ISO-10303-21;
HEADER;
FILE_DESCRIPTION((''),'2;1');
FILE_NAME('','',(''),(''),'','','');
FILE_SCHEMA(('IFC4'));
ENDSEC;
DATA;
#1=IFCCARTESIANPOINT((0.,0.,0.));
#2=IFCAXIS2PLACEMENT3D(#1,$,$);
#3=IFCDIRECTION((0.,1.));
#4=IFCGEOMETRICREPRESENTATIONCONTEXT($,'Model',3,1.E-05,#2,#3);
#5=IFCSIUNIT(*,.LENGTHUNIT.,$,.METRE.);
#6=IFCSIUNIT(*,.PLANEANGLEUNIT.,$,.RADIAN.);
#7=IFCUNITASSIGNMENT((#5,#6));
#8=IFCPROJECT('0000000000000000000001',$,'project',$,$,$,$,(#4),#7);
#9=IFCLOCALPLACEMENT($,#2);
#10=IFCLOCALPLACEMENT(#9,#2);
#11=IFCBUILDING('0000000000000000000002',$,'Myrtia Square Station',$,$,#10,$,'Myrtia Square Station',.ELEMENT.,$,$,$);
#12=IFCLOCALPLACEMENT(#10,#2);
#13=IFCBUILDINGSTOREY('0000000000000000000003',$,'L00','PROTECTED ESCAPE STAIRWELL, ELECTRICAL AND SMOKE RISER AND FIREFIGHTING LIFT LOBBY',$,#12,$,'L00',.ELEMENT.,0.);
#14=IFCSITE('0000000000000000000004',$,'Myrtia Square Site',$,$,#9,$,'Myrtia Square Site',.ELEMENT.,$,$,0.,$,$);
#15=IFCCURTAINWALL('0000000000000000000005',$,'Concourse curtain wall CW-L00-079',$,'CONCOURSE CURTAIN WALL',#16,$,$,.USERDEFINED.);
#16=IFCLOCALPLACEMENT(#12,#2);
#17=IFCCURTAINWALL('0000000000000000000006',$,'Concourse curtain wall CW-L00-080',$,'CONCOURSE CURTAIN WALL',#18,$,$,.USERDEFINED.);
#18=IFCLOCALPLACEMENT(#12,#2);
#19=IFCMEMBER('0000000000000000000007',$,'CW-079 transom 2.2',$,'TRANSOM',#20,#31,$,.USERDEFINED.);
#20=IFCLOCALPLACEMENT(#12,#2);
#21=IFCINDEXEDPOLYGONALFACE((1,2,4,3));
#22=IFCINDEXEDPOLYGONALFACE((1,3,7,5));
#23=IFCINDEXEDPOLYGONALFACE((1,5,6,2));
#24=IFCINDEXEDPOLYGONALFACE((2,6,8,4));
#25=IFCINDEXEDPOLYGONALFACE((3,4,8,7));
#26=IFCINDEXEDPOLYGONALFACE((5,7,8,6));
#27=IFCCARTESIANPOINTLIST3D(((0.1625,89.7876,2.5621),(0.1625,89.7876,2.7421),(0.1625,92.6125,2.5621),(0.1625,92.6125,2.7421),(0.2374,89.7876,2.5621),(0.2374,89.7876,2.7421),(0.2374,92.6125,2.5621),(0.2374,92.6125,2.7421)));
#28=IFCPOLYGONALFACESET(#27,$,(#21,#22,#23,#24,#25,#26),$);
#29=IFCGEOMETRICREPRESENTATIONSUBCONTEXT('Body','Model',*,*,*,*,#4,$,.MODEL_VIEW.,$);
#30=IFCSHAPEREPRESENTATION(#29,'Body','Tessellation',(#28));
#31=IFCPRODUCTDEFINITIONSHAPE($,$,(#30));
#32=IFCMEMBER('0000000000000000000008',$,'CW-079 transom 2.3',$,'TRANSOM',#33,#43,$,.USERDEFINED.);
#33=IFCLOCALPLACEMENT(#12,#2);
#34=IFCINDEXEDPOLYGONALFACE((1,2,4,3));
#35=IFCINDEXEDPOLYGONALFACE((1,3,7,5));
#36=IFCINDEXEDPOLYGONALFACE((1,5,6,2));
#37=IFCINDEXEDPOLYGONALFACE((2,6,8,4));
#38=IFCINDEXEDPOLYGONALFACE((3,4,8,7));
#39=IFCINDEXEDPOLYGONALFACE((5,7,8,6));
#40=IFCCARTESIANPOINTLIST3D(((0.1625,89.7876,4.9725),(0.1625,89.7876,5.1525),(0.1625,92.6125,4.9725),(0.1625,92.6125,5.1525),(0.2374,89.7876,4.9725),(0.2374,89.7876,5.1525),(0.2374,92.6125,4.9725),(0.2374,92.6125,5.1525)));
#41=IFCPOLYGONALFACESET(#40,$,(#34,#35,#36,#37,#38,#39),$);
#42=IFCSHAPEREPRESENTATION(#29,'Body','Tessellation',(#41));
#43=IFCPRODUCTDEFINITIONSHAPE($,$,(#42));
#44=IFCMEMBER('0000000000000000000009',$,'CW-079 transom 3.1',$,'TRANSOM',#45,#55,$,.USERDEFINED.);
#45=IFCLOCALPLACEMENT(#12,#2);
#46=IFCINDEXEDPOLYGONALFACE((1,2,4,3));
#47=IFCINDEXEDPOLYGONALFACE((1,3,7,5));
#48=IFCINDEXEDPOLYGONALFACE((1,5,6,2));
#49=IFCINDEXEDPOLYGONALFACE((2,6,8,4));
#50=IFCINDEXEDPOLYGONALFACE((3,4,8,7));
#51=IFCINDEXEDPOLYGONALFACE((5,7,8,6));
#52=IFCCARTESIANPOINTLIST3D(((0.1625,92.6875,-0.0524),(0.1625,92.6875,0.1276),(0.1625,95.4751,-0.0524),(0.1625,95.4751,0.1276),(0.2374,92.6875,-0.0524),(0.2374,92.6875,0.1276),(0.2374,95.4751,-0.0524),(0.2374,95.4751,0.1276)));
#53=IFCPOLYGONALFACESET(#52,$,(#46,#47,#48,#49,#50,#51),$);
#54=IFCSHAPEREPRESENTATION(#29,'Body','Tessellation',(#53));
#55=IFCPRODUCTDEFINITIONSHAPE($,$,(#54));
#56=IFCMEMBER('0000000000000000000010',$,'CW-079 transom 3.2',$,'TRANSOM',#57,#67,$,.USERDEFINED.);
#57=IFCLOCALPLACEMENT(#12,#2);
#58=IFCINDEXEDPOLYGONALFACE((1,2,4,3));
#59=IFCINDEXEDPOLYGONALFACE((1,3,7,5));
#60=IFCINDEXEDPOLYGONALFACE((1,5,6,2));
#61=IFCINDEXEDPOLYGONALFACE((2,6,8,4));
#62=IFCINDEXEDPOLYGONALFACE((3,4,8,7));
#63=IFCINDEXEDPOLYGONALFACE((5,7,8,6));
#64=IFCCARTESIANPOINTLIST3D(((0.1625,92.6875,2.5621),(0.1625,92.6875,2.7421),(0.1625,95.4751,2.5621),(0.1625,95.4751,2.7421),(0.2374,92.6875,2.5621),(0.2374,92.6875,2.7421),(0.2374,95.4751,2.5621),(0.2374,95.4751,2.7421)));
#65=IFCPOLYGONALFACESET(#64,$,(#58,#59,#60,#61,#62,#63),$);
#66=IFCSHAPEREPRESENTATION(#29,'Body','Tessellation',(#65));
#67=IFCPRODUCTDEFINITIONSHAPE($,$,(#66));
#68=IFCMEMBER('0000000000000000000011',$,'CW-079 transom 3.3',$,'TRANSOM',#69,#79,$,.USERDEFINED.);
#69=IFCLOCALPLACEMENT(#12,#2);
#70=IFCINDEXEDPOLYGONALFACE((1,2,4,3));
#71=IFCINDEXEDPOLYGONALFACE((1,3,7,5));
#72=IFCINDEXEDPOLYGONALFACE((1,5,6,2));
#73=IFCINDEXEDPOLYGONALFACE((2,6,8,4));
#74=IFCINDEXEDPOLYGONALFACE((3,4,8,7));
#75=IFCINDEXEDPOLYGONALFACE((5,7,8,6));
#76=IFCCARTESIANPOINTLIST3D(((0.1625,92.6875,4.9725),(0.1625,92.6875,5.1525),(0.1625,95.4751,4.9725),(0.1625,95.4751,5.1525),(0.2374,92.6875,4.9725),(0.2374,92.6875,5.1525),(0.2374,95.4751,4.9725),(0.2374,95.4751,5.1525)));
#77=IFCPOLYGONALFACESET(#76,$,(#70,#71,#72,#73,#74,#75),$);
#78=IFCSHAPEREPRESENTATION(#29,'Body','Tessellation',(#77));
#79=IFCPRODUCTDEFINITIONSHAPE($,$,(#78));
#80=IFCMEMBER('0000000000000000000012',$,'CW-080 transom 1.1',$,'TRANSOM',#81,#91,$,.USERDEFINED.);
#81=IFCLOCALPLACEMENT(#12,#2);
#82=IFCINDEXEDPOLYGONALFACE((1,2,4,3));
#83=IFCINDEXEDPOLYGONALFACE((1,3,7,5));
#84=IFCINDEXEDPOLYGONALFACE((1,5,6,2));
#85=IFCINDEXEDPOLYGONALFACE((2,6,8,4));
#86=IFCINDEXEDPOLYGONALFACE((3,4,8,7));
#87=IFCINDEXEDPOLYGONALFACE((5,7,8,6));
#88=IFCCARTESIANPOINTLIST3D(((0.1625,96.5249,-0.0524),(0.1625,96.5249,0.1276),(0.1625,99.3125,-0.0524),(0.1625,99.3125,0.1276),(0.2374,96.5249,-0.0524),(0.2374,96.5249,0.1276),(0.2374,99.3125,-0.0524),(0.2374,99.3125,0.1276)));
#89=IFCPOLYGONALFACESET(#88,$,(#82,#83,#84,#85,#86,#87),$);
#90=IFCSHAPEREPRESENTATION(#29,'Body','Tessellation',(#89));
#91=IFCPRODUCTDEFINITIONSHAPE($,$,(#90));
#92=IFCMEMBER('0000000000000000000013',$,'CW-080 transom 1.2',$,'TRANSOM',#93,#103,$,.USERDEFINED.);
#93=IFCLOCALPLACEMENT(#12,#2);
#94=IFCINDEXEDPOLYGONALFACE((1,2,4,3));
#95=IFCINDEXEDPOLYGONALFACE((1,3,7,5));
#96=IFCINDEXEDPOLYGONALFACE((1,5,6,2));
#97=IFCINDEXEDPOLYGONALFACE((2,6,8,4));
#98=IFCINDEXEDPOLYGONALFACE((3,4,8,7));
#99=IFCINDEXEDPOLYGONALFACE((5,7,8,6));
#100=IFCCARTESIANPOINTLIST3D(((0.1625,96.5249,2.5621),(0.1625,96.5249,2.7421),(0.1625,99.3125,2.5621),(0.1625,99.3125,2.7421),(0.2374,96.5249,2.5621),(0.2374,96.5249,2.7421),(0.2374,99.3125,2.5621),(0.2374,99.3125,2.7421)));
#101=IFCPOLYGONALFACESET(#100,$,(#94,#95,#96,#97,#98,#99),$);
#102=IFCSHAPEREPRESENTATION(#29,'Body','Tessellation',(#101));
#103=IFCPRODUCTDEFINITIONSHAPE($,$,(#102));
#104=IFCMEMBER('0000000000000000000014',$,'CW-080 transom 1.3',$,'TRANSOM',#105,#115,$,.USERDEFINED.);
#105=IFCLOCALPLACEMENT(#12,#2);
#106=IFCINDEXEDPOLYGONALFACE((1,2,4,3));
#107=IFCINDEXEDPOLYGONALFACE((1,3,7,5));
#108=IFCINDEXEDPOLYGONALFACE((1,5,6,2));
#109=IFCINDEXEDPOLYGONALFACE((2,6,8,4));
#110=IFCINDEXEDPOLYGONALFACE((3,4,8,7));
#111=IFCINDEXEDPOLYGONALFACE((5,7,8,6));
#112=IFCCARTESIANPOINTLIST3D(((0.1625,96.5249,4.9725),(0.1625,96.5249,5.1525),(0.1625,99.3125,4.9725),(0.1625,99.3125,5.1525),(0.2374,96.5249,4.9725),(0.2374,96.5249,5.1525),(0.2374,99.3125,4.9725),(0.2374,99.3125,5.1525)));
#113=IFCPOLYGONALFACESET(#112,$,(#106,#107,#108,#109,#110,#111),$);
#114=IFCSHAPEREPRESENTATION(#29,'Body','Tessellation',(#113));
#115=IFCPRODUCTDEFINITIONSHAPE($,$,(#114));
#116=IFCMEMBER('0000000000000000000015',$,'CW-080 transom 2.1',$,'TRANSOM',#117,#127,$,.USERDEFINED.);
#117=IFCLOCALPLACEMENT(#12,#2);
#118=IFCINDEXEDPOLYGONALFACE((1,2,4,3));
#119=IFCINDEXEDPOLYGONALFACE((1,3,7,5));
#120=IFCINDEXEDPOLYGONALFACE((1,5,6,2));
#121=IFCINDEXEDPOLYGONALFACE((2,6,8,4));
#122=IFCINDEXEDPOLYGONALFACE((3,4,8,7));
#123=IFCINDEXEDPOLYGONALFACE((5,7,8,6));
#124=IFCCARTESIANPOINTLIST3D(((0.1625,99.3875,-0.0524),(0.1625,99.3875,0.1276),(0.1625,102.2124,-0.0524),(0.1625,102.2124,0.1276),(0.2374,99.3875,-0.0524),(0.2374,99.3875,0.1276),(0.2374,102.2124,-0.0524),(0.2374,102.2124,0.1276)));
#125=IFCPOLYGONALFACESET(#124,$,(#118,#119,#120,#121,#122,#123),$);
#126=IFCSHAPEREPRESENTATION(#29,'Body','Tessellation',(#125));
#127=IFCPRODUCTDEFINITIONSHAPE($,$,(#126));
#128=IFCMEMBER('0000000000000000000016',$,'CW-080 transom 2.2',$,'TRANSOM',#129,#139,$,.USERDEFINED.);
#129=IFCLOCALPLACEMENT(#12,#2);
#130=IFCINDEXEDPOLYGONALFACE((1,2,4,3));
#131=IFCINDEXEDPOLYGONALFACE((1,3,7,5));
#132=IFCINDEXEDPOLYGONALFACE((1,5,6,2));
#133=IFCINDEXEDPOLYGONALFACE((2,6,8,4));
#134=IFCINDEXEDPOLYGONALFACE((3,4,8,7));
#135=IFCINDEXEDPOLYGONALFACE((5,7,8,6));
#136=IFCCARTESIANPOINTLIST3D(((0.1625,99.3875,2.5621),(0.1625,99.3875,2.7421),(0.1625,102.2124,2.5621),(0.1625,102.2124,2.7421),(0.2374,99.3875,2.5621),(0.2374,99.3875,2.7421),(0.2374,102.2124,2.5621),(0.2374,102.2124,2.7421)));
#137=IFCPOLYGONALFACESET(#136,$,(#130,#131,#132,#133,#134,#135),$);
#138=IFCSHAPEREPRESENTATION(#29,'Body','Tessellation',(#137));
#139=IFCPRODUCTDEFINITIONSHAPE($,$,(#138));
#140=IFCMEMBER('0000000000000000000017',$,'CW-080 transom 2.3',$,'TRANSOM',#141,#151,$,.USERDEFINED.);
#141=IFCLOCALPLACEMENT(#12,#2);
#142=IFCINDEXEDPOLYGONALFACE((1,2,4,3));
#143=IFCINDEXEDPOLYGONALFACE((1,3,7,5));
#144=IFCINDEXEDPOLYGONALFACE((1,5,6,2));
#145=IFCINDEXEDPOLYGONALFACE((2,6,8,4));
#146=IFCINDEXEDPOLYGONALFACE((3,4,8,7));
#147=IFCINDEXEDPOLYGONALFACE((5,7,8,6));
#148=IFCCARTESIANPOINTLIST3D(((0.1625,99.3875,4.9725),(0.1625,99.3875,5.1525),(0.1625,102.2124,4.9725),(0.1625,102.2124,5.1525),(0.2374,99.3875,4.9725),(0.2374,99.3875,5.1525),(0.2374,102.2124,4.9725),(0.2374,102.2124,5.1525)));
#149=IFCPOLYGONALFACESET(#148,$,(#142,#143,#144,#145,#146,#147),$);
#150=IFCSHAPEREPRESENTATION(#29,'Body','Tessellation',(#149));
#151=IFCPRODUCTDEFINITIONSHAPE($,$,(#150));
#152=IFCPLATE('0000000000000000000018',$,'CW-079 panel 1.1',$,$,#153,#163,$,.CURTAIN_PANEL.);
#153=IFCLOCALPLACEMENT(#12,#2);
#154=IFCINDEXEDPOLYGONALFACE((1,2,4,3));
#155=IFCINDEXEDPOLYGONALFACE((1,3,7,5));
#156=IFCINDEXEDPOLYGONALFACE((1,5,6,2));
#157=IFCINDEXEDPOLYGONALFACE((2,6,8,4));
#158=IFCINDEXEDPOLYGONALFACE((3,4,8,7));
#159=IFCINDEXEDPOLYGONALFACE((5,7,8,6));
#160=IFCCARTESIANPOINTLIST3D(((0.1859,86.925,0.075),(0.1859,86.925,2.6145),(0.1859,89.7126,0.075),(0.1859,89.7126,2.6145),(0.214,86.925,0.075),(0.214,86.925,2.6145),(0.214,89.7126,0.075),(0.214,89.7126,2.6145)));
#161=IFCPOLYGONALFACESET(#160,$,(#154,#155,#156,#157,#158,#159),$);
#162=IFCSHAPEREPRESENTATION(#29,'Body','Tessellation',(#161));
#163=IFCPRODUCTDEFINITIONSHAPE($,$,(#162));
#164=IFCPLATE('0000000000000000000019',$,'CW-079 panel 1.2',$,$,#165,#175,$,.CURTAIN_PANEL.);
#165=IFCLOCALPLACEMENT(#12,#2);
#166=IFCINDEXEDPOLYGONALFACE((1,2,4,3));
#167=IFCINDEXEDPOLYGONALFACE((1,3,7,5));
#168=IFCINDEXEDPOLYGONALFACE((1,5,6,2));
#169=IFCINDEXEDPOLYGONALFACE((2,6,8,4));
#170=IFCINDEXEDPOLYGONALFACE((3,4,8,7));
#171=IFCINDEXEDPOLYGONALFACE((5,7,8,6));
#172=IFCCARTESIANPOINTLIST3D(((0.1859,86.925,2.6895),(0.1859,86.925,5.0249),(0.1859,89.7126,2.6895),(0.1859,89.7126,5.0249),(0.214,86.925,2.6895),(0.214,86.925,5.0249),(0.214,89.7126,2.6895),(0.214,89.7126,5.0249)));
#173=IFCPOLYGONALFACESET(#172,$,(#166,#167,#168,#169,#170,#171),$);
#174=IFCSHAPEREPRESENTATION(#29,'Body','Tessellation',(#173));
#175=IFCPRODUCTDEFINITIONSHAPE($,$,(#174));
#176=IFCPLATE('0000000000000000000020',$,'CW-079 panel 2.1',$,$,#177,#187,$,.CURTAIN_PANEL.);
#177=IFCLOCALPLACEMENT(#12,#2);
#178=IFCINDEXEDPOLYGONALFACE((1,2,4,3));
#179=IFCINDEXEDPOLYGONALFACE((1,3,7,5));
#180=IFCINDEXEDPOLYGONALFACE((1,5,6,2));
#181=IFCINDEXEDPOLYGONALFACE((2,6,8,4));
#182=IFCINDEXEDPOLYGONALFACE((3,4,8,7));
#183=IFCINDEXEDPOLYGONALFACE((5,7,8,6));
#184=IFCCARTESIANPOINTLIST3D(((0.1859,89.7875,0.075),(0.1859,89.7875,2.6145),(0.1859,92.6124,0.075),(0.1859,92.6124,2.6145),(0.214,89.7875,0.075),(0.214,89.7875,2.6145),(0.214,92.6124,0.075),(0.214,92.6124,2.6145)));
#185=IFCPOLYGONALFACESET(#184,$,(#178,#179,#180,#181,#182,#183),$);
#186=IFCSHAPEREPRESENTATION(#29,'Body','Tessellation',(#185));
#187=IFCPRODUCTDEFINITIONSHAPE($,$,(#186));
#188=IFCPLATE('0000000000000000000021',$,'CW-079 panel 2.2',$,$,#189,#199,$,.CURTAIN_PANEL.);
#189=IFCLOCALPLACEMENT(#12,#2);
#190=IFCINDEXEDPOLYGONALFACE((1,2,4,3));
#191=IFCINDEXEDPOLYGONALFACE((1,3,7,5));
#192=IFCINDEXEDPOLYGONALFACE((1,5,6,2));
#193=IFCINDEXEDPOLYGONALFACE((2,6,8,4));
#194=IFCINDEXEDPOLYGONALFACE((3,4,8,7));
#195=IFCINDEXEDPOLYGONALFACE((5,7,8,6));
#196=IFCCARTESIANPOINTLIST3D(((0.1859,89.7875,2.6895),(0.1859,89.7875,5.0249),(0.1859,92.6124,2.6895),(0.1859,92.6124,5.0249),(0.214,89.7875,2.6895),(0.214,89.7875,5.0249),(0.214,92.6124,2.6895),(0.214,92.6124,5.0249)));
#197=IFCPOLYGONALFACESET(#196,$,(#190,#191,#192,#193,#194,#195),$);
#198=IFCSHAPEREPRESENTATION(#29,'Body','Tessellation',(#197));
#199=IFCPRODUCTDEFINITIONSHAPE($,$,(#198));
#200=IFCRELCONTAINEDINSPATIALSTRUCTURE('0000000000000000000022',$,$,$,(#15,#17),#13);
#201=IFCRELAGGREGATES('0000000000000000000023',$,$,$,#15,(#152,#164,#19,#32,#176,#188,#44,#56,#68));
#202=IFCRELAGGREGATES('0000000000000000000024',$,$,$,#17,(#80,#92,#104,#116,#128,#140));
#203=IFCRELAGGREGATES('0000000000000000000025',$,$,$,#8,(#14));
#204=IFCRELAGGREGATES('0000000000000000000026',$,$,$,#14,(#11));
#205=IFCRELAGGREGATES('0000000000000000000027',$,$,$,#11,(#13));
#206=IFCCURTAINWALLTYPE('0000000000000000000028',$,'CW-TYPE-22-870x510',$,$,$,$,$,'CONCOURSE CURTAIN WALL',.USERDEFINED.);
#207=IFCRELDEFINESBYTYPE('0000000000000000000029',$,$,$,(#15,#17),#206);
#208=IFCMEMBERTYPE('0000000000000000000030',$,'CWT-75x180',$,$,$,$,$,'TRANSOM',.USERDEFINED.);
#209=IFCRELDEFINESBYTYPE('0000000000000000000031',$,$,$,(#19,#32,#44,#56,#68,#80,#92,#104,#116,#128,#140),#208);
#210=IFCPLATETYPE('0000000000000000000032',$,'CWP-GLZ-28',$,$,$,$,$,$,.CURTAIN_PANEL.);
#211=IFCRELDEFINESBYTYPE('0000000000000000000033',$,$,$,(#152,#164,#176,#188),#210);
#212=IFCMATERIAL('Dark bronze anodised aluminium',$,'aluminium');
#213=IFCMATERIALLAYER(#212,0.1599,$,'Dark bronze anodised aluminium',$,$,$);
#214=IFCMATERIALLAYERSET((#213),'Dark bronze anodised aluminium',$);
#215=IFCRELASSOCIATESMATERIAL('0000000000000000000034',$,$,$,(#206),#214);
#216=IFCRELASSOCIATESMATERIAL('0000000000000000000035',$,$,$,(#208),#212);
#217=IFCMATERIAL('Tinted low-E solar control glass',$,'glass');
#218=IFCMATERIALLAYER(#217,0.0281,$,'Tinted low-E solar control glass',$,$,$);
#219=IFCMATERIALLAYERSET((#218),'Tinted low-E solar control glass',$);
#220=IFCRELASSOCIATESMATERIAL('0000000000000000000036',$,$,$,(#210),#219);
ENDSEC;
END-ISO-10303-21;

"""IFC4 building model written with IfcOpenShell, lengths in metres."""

from ifc_helpers import new_model, si_unit, direction, frame, origin, origin_2d, place, context, subcontext, project, spatial, rectangle, extrude, material, layer, layer_set, material_profile, profile_set, type_object, element, aggregate, save


model = new_model("IFC4")

# Units and contexts
model_context = context("Model", 3, precision=1e-05, world=origin(), true_north=direction((0.0, 1.0)))
body_context = subcontext(model_context, "Body", "Model", "MODEL_VIEW")
ifc_project = project(units=[si_unit("LENGTHUNIT", "METRE"), si_unit("PLANEANGLEUNIT", "RADIAN")], contexts=[model_context])

# Site, building, storey
site_placement = place(None, origin())
site = spatial("IfcSite", under=ifc_project, at=site_placement, Name="Myrtia Square Site", LongName="Myrtia Square Site", CompositionType="ELEMENT", RefElevation=0.0)
building_placement = place(site_placement, origin())
building = spatial("IfcBuilding", under=site, at=building_placement, Name="Myrtia Square Station", LongName="Myrtia Square Station", CompositionType="ELEMENT")
storey_placement = place(building_placement, origin())
storey = spatial("IfcBuildingStorey", under=building, at=storey_placement, Name="L00", Description="PROTECTED ESCAPE STAIRWELL, ELECTRICAL AND SMOKE RISER AND FIREFIGHTING LIFT LOBBY", LongName="L00", CompositionType="ELEMENT", Elevation=0.0)

# Curtain walls
ifc_material_1 = material(Name="Dark bronze anodised aluminium", Category="aluminium")
ifc_layer_1 = layer(ifc_material_1, 0.1599, Name="Dark bronze anodised aluminium")
ifc_layer_set_1 = layer_set([ifc_layer_1], Name="Dark bronze anodised aluminium")
curtain_wall_type = type_object("IfcCurtainWallType", Name="CW-TYPE-22-870x510", ElementType="CONCOURSE CURTAIN WALL", PredefinedType="USERDEFINED", material=ifc_layer_set_1)
curtain_wall_1_placement = place(storey_placement, origin())
curtain_wall_1 = element("IfcCurtainWall", 1, at=curtain_wall_1_placement, inside=storey, type_object=curtain_wall_type, Name="Concourse curtain wall CW-L00-079", ObjectType="CONCOURSE CURTAIN WALL", PredefinedType="USERDEFINED")
curtain_wall_2_placement = place(storey_placement, origin())
curtain_wall_2 = element("IfcCurtainWall", 2, at=curtain_wall_2_placement, inside=storey, type_object=curtain_wall_type, Name="Concourse curtain wall CW-L00-080", ObjectType="CONCOURSE CURTAIN WALL", PredefinedType="USERDEFINED")

# Members
ifc_material_profile_1 = material_profile(ifc_material_1, rectangle(XDim=0.075, YDim=0.1799, at=origin_2d()), Name="ALU-T 75x180")
ifc_profile_set_1 = profile_set([ifc_material_profile_1], Name="Dark bronze anodised aluminium")
member_type_1 = type_object("IfcMemberType", Name="CWT-75x180", ElementType="TRANSOM", PredefinedType="USERDEFINED", material=ifc_profile_set_1)
member_1_placement = place(storey_placement, frame((0.2, 89.7876, 2.6521), z_axis=(0.0, 1.0, 0.0), x_axis=(-1.0, 0.0, 0.0)))
member_1 = element("IfcMember", 3, at=member_1_placement, type_object=member_type_1, Name="CW-079 transom 2.2", ObjectType="TRANSOM", PredefinedType="USERDEFINED", context=body_context, shape_type="SweptSolid", body=[
    extrude(rectangle(XDim=0.075, YDim=0.1799, at=origin_2d()), origin(), (0.0, 0.0, 1.0), 2.825),
])
member_2_placement = place(storey_placement, frame((0.2, 89.7876, 5.0625), z_axis=(0.0, 1.0, 0.0), x_axis=(-1.0, 0.0, 0.0)))
member_2 = element("IfcMember", 4, at=member_2_placement, type_object=member_type_1, Name="CW-079 transom 2.3", ObjectType="TRANSOM", PredefinedType="USERDEFINED", context=body_context, shape_type="SweptSolid", body=[
    extrude(rectangle(XDim=0.075, YDim=0.1799, at=origin_2d()), origin(), (0.0, 0.0, 1.0), 2.825),
])
member_3_placement = place(storey_placement, frame((0.2, 92.6875, 0.0376), z_axis=(0.0, 1.0, 0.0), x_axis=(-1.0, 0.0, 0.0)))
member_3 = element("IfcMember", 5, at=member_3_placement, type_object=member_type_1, Name="CW-079 transom 3.1", ObjectType="TRANSOM", PredefinedType="USERDEFINED", context=body_context, shape_type="SweptSolid", body=[
    extrude(rectangle(XDim=0.075, YDim=0.1799, at=origin_2d()), origin(), (0.0, 0.0, 1.0), 2.7876),
])
member_4_placement = place(storey_placement, frame((0.2, 92.6875, 2.6521), z_axis=(0.0, 1.0, 0.0), x_axis=(-1.0, 0.0, 0.0)))
member_4 = element("IfcMember", 6, at=member_4_placement, type_object=member_type_1, Name="CW-079 transom 3.2", ObjectType="TRANSOM", PredefinedType="USERDEFINED", context=body_context, shape_type="SweptSolid", body=[
    extrude(rectangle(XDim=0.075, YDim=0.1799, at=origin_2d()), origin(), (0.0, 0.0, 1.0), 2.7876),
])
member_5_placement = place(storey_placement, frame((0.2, 92.6875, 5.0625), z_axis=(0.0, 1.0, 0.0), x_axis=(-1.0, 0.0, 0.0)))
member_5 = element("IfcMember", 7, at=member_5_placement, type_object=member_type_1, Name="CW-079 transom 3.3", ObjectType="TRANSOM", PredefinedType="USERDEFINED", context=body_context, shape_type="SweptSolid", body=[
    extrude(rectangle(XDim=0.075, YDim=0.1799, at=origin_2d()), origin(), (0.0, 0.0, 1.0), 2.7876),
])
member_6_placement = place(storey_placement, frame((0.2, 96.5249, 0.0376), z_axis=(0.0, 1.0, 0.0), x_axis=(-1.0, 0.0, 0.0)))
member_6 = element("IfcMember", 8, at=member_6_placement, type_object=member_type_1, Name="CW-080 transom 1.1", ObjectType="TRANSOM", PredefinedType="USERDEFINED", context=body_context, shape_type="SweptSolid", body=[
    extrude(rectangle(XDim=0.075, YDim=0.1799, at=origin_2d()), origin(), (0.0, 0.0, 1.0), 2.7876),
])
member_7_placement = place(storey_placement, frame((0.2, 96.5249, 2.6521), z_axis=(0.0, 1.0, 0.0), x_axis=(-1.0, 0.0, 0.0)))
member_7 = element("IfcMember", 9, at=member_7_placement, type_object=member_type_1, Name="CW-080 transom 1.2", ObjectType="TRANSOM", PredefinedType="USERDEFINED", context=body_context, shape_type="SweptSolid", body=[
    extrude(rectangle(XDim=0.075, YDim=0.1799, at=origin_2d()), origin(), (0.0, 0.0, 1.0), 2.7876),
])
member_8_placement = place(storey_placement, frame((0.2, 96.5249, 5.0625), z_axis=(0.0, 1.0, 0.0), x_axis=(-1.0, 0.0, 0.0)))
member_8 = element("IfcMember", 10, at=member_8_placement, type_object=member_type_1, Name="CW-080 transom 1.3", ObjectType="TRANSOM", PredefinedType="USERDEFINED", context=body_context, shape_type="SweptSolid", body=[
    extrude(rectangle(XDim=0.075, YDim=0.1799, at=origin_2d()), origin(), (0.0, 0.0, 1.0), 2.7876),
])
member_9_placement = place(storey_placement, frame((0.2, 99.3875, 0.0376), z_axis=(0.0, 1.0, 0.0), x_axis=(-1.0, 0.0, 0.0)))
member_9 = element("IfcMember", 11, at=member_9_placement, type_object=member_type_1, Name="CW-080 transom 2.1", ObjectType="TRANSOM", PredefinedType="USERDEFINED", context=body_context, shape_type="SweptSolid", body=[
    extrude(rectangle(XDim=0.075, YDim=0.1799, at=origin_2d()), origin(), (0.0, 0.0, 1.0), 2.825),
])
member_10_placement = place(storey_placement, frame((0.2, 99.3875, 2.6521), z_axis=(0.0, 1.0, 0.0), x_axis=(-1.0, 0.0, 0.0)))
member_10 = element("IfcMember", 12, at=member_10_placement, type_object=member_type_1, Name="CW-080 transom 2.2", ObjectType="TRANSOM", PredefinedType="USERDEFINED", context=body_context, shape_type="SweptSolid", body=[
    extrude(rectangle(XDim=0.075, YDim=0.1799, at=origin_2d()), origin(), (0.0, 0.0, 1.0), 2.825),
])
member_11_placement = place(storey_placement, frame((0.2, 99.3875, 5.0625), z_axis=(0.0, 1.0, 0.0), x_axis=(-1.0, 0.0, 0.0)))
member_11 = element("IfcMember", 13, at=member_11_placement, type_object=member_type_1, Name="CW-080 transom 2.3", ObjectType="TRANSOM", PredefinedType="USERDEFINED", context=body_context, shape_type="SweptSolid", body=[
    extrude(rectangle(XDim=0.075, YDim=0.1799, at=origin_2d()), origin(), (0.0, 0.0, 1.0), 2.825),
])

# Plates
ifc_material_2 = material(Name="Tinted low-E solar control glass", Category="glass")
ifc_layer_2 = layer(ifc_material_2, 0.0281, Name="Tinted low-E solar control glass")
ifc_layer_set_2 = layer_set([ifc_layer_2], Name="Tinted low-E solar control glass")
plate_type_1 = type_object("IfcPlateType", Name="CWP-GLZ-28", PredefinedType="CURTAIN_PANEL", material=ifc_layer_set_2)
plate_1_placement = place(storey_placement, frame((0.2, 88.3188, 0.075), z_axis=(0.0, 0.0, 1.0), x_axis=(0.0, 1.0, 0.0)))
plate_1 = element("IfcPlate", 14, at=plate_1_placement, type_object=plate_type_1, Name="CW-079 panel 1.1", PredefinedType="CURTAIN_PANEL", context=body_context, shape_type="SweptSolid", body=[
    extrude(rectangle(XDim=2.7876, YDim=0.0281, at=origin_2d()), origin(), (0.0, 0.0, 1.0), 2.5396),
])
plate_2_placement = place(storey_placement, frame((0.2, 88.3188, 2.6895), z_axis=(0.0, 0.0, 1.0), x_axis=(0.0, 1.0, 0.0)))
plate_2 = element("IfcPlate", 15, at=plate_2_placement, type_object=plate_type_1, Name="CW-079 panel 1.2", PredefinedType="CURTAIN_PANEL", context=body_context, shape_type="SweptSolid", body=[
    extrude(rectangle(XDim=2.7876, YDim=0.0281, at=origin_2d()), origin(), (0.0, 0.0, 1.0), 2.3354),
])
plate_3_placement = place(storey_placement, frame((0.2, 91.2, 0.075), z_axis=(0.0, 0.0, 1.0), x_axis=(0.0, 1.0, 0.0)))
plate_3 = element("IfcPlate", 16, at=plate_3_placement, type_object=plate_type_1, Name="CW-079 panel 2.1", PredefinedType="CURTAIN_PANEL", context=body_context, shape_type="SweptSolid", body=[
    extrude(rectangle(XDim=2.825, YDim=0.0281, at=origin_2d()), origin(), (0.0, 0.0, 1.0), 2.5396),
])
plate_4_placement = place(storey_placement, frame((0.2, 91.2, 2.6895), z_axis=(0.0, 0.0, 1.0), x_axis=(0.0, 1.0, 0.0)))
plate_4 = element("IfcPlate", 17, at=plate_4_placement, type_object=plate_type_1, Name="CW-079 panel 2.2", PredefinedType="CURTAIN_PANEL", context=body_context, shape_type="SweptSolid", body=[
    extrude(rectangle(XDim=2.825, YDim=0.0281, at=origin_2d()), origin(), (0.0, 0.0, 1.0), 2.3354),
])
aggregate(curtain_wall_1, [plate_1, plate_2, member_1, member_2, plate_3, plate_4, member_3, member_4, member_5])
aggregate(curtain_wall_2, [member_6, member_7, member_8, member_9, member_10, member_11])

save(model, "model.ifc")
